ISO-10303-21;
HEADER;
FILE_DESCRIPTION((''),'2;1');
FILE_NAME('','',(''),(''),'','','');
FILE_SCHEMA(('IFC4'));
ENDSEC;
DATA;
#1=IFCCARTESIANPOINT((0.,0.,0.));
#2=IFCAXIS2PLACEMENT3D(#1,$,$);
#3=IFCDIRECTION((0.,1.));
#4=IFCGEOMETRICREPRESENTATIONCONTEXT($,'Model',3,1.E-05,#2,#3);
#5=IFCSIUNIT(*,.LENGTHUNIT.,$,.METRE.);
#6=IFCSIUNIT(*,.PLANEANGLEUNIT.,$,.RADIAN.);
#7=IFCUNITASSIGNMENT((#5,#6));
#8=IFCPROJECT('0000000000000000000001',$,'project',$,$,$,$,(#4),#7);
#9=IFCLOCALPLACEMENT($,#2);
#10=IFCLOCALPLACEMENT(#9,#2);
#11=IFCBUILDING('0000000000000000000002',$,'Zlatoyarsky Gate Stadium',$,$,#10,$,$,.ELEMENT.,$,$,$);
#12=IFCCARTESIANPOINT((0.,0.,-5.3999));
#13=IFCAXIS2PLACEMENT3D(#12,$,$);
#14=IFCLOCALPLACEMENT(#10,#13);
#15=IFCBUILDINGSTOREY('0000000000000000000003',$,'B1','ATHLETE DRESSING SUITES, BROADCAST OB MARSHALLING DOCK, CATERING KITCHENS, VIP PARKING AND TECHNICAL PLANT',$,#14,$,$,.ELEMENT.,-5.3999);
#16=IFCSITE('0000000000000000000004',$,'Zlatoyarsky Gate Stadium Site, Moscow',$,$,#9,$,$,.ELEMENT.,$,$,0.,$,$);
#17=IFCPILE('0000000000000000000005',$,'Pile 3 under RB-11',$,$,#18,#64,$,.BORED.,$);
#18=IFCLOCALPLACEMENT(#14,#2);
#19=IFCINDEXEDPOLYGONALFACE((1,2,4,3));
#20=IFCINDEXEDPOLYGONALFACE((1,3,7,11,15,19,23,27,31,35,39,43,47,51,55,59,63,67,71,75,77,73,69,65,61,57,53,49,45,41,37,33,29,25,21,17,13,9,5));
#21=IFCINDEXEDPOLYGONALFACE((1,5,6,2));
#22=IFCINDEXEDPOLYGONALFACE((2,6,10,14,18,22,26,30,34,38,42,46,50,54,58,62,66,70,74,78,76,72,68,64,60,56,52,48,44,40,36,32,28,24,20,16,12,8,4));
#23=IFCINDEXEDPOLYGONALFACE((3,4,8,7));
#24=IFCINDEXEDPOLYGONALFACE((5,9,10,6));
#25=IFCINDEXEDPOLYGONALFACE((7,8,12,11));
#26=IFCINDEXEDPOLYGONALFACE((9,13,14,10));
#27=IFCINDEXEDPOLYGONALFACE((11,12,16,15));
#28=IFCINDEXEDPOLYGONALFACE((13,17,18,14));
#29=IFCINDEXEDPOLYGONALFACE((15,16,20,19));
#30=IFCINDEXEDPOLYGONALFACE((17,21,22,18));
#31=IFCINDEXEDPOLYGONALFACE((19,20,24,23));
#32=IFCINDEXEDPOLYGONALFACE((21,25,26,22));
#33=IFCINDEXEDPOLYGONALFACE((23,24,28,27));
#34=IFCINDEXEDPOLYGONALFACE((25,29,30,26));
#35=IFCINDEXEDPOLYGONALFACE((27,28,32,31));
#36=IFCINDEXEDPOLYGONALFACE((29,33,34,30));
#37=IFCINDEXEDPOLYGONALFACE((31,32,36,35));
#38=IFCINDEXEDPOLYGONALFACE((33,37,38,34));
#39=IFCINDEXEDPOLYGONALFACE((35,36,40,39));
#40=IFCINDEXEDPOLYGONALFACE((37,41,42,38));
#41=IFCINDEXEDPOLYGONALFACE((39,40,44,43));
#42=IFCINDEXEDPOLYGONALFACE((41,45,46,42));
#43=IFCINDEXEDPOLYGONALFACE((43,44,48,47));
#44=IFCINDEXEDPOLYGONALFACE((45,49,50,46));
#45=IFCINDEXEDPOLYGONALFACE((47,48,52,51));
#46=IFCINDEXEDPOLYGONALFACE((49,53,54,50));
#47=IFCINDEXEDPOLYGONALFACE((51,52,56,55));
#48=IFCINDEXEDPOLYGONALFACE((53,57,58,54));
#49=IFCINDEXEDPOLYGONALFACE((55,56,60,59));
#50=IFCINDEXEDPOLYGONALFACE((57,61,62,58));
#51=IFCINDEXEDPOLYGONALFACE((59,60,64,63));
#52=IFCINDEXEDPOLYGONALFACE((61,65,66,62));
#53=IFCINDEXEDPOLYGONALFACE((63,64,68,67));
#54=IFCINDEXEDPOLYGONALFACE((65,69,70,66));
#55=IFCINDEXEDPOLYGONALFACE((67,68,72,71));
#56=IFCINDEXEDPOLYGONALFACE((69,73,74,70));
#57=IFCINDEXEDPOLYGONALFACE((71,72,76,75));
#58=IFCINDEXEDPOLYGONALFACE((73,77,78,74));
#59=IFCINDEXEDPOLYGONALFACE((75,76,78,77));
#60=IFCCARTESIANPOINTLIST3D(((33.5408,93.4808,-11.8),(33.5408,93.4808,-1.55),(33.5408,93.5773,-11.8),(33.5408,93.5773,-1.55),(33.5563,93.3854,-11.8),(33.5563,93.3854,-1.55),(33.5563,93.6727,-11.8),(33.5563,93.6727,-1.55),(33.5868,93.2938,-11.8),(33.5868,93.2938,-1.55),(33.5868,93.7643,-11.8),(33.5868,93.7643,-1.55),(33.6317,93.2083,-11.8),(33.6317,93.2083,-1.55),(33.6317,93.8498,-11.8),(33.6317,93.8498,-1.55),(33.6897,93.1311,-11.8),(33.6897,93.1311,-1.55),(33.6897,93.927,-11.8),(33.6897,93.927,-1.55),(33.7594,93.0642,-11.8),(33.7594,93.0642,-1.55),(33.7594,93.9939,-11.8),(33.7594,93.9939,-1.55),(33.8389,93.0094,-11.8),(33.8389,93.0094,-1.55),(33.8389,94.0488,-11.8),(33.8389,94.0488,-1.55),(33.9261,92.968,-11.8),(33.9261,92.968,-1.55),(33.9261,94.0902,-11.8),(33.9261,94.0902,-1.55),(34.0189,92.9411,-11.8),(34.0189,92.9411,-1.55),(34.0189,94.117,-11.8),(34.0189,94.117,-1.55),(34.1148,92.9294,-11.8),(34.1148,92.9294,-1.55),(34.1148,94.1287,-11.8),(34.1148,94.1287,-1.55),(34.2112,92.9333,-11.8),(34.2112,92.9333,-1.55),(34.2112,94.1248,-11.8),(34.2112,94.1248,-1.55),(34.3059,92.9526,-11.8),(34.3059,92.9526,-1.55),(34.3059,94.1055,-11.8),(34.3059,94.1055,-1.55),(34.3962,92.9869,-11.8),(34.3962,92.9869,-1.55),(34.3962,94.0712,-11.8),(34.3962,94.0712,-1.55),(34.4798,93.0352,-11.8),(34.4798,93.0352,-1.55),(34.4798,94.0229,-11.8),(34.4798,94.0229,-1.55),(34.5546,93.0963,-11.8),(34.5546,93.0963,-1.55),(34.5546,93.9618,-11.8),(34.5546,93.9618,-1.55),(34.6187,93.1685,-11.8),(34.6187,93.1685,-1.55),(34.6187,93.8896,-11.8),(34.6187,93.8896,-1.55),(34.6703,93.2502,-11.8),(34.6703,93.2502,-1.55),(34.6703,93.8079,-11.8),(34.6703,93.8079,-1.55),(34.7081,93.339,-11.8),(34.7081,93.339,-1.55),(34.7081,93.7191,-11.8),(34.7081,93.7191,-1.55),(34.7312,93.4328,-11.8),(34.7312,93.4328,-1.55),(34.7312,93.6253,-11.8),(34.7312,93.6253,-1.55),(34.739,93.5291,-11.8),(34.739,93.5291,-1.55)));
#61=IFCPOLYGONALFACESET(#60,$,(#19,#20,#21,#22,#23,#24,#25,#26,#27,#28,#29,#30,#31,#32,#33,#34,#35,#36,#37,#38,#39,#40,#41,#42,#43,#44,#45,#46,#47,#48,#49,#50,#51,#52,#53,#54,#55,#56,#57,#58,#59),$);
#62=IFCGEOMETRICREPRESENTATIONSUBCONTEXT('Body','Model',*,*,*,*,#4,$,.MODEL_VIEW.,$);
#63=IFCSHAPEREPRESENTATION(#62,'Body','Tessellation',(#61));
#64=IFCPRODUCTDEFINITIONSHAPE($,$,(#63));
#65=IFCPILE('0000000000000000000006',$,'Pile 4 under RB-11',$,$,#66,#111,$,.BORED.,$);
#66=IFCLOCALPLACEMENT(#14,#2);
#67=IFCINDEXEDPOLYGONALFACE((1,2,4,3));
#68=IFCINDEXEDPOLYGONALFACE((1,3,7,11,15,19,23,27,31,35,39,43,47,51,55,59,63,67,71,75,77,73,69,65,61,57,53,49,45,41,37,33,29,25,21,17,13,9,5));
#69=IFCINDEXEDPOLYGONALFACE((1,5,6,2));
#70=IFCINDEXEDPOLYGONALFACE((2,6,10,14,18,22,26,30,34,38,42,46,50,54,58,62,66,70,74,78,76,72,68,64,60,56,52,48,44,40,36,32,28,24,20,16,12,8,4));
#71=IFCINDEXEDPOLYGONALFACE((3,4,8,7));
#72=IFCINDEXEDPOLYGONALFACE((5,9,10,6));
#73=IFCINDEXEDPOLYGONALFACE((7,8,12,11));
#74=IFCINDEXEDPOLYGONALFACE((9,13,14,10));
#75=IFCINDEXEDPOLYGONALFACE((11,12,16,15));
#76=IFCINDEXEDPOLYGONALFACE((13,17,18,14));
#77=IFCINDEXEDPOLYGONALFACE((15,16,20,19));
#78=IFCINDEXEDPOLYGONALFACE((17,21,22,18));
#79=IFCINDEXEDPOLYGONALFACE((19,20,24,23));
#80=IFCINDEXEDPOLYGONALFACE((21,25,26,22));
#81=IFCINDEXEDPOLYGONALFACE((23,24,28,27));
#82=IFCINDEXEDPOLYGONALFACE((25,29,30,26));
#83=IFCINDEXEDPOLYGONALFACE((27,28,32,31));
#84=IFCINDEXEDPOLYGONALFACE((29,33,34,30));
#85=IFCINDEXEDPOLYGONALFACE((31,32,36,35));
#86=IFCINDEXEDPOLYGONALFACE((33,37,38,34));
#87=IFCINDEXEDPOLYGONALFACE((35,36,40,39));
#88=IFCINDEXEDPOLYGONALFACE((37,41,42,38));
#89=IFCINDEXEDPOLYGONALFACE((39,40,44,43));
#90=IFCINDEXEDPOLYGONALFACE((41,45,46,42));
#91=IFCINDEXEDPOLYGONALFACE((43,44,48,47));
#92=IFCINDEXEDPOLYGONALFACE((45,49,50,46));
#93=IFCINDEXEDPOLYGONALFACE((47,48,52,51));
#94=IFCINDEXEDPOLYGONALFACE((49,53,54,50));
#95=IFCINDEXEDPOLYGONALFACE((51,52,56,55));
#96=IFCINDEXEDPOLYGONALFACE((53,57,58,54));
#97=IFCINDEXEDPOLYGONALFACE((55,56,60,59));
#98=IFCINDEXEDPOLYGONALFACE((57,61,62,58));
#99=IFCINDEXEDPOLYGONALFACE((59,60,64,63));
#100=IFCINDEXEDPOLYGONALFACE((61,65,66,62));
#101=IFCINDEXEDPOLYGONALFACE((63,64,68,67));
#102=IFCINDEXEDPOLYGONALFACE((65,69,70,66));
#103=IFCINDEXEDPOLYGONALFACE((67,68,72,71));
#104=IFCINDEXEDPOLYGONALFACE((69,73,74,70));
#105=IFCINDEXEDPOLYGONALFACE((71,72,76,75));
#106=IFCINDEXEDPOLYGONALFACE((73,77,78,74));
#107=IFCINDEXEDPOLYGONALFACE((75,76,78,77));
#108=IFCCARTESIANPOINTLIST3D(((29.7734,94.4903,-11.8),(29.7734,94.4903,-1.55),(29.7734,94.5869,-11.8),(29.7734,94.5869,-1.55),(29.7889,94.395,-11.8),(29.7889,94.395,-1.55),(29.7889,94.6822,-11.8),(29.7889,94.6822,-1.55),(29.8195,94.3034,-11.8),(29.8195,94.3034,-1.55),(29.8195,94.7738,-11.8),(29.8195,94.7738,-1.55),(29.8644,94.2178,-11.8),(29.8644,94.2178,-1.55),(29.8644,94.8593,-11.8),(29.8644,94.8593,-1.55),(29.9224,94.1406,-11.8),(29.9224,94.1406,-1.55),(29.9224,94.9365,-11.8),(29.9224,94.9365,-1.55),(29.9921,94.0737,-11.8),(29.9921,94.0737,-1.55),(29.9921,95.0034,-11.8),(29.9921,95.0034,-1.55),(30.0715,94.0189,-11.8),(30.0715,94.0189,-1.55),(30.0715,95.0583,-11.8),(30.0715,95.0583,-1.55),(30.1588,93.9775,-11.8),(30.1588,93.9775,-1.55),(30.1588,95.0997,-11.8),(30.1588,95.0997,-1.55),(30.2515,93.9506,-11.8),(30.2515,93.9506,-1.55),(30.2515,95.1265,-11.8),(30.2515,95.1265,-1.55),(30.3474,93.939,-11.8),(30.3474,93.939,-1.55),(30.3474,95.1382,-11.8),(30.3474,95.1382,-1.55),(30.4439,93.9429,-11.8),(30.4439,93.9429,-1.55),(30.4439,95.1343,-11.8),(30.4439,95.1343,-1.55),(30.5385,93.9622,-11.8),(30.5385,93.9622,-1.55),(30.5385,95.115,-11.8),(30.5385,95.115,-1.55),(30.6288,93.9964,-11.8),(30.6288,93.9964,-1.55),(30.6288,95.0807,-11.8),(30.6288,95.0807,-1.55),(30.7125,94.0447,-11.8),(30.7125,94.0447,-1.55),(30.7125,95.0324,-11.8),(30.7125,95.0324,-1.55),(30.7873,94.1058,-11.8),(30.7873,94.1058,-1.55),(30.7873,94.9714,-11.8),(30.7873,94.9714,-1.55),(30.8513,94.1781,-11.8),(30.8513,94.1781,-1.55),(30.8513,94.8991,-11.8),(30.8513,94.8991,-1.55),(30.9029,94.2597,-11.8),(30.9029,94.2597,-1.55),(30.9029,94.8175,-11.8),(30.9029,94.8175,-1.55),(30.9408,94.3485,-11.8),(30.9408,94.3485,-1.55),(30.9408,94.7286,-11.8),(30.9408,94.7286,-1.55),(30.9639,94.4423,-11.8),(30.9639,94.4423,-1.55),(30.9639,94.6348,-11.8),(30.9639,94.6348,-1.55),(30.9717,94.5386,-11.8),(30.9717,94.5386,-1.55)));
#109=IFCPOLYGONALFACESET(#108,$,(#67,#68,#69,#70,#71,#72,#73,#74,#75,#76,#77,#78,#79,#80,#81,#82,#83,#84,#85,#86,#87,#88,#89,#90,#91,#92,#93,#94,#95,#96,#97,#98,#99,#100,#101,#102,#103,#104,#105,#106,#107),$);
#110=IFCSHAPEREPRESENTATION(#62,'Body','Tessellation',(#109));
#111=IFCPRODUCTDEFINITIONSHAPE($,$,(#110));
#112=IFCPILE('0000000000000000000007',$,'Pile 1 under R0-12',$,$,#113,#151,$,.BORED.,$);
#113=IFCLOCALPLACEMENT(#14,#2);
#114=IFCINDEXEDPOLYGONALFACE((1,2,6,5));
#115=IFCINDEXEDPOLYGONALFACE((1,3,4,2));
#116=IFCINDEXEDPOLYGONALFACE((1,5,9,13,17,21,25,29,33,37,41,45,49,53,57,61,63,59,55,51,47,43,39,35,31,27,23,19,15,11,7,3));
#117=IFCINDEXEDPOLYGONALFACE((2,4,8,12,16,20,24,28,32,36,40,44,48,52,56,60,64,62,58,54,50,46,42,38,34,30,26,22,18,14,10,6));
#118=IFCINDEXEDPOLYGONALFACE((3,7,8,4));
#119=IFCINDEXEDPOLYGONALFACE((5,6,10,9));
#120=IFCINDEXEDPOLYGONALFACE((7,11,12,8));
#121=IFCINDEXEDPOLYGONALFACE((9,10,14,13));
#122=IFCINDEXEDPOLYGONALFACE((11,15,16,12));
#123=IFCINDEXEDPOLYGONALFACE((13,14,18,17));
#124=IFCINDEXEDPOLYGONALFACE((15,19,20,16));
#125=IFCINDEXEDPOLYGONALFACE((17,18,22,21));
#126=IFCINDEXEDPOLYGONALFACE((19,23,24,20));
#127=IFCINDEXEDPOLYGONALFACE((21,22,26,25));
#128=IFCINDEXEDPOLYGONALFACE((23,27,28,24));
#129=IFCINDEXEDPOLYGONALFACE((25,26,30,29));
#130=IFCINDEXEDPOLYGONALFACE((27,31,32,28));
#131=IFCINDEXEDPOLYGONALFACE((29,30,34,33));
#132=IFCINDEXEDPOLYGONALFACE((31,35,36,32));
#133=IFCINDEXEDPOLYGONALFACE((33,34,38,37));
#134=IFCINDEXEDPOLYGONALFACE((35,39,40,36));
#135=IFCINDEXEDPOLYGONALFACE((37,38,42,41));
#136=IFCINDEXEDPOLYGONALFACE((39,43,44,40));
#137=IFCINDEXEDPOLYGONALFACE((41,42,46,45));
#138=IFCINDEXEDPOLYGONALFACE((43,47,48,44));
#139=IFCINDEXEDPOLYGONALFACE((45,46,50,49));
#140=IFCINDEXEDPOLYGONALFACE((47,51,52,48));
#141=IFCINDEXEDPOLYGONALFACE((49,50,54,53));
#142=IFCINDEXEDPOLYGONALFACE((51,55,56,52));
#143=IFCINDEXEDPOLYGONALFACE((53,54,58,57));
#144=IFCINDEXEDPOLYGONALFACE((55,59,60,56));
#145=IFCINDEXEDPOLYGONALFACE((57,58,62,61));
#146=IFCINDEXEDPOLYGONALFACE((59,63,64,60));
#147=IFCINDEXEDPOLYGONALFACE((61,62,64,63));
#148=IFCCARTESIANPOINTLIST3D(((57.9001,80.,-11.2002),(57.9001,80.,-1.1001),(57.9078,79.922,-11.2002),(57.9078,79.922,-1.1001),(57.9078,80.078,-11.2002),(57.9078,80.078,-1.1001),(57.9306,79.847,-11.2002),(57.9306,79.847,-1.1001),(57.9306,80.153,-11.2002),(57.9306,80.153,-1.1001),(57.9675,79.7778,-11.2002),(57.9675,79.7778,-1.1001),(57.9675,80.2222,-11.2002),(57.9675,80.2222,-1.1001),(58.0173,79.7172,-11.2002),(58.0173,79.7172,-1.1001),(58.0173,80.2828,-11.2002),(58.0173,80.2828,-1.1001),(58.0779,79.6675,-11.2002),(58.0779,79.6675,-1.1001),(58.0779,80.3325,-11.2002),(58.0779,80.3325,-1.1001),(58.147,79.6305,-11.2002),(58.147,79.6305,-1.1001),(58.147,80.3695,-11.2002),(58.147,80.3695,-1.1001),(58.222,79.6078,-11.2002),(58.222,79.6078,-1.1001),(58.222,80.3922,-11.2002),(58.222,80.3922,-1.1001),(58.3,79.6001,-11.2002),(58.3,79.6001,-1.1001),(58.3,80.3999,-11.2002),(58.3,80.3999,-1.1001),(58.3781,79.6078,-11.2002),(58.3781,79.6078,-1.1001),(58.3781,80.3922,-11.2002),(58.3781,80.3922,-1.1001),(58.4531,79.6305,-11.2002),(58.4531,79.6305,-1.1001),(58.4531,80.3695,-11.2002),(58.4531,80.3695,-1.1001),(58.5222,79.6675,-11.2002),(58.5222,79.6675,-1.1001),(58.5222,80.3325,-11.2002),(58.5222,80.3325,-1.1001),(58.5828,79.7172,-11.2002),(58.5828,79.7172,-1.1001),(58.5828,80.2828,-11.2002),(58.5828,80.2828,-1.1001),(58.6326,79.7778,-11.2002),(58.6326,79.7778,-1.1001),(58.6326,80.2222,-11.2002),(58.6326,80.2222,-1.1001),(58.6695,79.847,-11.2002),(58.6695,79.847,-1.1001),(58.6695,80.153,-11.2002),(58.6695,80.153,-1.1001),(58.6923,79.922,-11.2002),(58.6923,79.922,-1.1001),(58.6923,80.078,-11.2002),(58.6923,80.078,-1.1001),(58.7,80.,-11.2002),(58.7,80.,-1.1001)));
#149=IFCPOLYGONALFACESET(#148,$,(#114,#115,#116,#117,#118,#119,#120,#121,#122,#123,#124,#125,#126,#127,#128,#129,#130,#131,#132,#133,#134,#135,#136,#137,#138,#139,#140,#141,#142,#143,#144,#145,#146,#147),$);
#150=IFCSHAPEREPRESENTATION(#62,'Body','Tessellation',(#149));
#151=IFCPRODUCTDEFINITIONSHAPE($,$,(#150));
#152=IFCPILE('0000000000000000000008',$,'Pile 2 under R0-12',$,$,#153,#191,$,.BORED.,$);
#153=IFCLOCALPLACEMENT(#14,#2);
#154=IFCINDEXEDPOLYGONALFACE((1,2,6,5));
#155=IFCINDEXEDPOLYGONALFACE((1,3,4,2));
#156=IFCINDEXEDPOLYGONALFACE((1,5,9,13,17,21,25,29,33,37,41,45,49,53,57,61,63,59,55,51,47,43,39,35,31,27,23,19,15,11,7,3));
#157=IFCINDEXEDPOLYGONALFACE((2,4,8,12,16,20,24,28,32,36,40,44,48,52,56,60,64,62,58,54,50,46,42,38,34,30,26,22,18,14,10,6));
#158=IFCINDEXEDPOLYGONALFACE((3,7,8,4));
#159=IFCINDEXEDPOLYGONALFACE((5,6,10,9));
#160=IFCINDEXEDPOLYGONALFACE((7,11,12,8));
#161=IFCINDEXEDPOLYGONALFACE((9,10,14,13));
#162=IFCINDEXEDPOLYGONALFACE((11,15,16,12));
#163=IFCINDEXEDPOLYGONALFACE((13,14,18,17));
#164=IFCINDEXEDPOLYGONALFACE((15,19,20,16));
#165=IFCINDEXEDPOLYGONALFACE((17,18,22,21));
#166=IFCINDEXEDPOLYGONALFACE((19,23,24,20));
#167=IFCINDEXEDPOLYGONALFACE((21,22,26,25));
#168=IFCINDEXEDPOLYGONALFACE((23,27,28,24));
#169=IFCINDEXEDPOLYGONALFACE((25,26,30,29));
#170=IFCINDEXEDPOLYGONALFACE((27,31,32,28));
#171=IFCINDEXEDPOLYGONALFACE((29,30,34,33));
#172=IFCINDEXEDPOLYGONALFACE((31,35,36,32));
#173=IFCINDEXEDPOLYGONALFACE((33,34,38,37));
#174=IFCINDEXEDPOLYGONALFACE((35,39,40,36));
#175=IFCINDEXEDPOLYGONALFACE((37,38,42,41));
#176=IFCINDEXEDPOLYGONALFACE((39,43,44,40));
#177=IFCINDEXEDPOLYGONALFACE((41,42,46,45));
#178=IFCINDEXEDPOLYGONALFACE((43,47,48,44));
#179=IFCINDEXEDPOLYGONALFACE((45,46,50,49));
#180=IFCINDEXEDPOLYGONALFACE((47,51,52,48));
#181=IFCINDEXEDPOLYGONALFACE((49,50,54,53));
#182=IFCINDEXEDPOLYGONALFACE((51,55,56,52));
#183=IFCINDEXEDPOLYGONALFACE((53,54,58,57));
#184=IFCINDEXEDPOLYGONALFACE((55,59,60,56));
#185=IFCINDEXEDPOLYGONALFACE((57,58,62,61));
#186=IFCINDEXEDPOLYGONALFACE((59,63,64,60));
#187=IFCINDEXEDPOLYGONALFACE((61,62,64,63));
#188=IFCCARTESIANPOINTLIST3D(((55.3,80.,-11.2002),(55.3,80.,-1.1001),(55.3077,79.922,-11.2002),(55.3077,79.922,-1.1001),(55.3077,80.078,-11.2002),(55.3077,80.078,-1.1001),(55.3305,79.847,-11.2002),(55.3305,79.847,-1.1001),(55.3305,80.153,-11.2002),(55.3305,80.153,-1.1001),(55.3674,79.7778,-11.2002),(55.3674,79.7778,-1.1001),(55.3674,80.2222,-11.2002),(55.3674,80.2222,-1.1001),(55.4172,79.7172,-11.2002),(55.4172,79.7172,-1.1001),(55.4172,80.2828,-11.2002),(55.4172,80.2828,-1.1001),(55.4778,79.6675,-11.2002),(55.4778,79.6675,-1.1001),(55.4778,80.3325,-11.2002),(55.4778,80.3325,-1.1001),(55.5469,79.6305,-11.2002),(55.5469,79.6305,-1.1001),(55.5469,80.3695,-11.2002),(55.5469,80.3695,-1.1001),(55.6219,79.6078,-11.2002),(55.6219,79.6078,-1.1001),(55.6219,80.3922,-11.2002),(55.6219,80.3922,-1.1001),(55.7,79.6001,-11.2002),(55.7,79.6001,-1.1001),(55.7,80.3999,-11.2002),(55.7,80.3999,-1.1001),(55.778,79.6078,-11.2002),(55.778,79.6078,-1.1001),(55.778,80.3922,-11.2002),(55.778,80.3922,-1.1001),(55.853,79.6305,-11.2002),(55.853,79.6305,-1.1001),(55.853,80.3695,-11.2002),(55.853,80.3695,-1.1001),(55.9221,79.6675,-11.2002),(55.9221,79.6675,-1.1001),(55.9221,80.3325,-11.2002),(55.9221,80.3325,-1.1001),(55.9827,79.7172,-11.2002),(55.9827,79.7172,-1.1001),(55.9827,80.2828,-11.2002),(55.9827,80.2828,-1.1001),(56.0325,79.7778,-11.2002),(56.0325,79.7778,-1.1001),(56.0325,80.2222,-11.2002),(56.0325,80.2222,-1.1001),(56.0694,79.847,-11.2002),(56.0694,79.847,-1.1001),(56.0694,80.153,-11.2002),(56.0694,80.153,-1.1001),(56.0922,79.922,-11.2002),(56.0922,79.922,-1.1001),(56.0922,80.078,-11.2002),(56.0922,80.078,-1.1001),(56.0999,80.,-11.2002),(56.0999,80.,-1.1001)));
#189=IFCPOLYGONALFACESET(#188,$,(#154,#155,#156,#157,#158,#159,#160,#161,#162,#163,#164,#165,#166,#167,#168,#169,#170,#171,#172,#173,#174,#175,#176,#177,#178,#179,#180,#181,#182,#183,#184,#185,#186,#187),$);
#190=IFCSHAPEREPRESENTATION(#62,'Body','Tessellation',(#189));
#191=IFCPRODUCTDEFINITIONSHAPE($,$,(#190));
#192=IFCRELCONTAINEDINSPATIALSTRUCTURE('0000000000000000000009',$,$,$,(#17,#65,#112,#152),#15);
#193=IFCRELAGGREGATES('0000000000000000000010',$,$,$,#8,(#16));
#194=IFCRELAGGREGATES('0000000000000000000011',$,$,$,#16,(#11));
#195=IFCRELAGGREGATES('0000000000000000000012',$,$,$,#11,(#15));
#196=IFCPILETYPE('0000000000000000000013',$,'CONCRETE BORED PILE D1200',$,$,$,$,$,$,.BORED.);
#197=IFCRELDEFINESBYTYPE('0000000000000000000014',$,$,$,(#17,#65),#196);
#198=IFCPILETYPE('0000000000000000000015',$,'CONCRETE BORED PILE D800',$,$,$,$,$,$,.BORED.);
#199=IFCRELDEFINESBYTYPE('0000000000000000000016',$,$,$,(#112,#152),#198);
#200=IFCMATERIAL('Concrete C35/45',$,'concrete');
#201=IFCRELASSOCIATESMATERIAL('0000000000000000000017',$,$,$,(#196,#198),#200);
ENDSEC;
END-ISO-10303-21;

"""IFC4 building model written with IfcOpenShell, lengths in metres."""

from ifc_helpers import new_model, si_unit, direction, frame, origin, origin_2d, place, context, subcontext, project, spatial, circle, extrude, material, material_profile, profile_set, type_object, element, save


model = new_model("IFC4")

# Units and contexts
model_context = context("Model", 3, precision=1e-05, world=origin(), true_north=direction((0.0, 1.0)))
body_context = subcontext(model_context, "Body", "Model", "MODEL_VIEW")
ifc_project = project(units=[si_unit("LENGTHUNIT", "METRE"), si_unit("PLANEANGLEUNIT", "RADIAN")], contexts=[model_context])

# Site, building, storey
site_placement = place(None, origin())
site = spatial("IfcSite", under=ifc_project, at=site_placement, Name="Zlatoyarsky Gate Stadium Site, Moscow", CompositionType="ELEMENT", RefElevation=0.0)
building_placement = place(site_placement, origin())
building = spatial("IfcBuilding", under=site, at=building_placement, Name="Zlatoyarsky Gate Stadium", CompositionType="ELEMENT")
storey_placement = place(building_placement, frame((0.0, 0.0, -5.3999)))
storey = spatial("IfcBuildingStorey", under=building, at=storey_placement, Name="B1", Description="ATHLETE DRESSING SUITES, BROADCAST OB MARSHALLING DOCK, CATERING KITCHENS, VIP PARKING AND TECHNICAL PLANT", CompositionType="ELEMENT", Elevation=-5.3999)

# Piles
ifc_material_1 = material(Name="Concrete C35/45", Category="concrete")
ifc_material_profile_1 = material_profile(ifc_material_1, circle(Radius=0.6001, at=origin_2d()), Name="BORED PILE D1200")
ifc_profile_set_1 = profile_set([ifc_material_profile_1], Name="Concrete C35/45")
pile_type_1 = type_object("IfcPileType", Name="CONCRETE BORED PILE D1200", PredefinedType="BORED", material=ifc_profile_set_1)
for number, where, z_axis, x_axis, name in (
    (1, (34.1389, 93.5291, -1.55), (0.0, 0.0, -1.0), (1.0, 0.0, 0.0), "Pile 3 under RB-11"),
    (2, (30.3716, 94.5386, -1.55), (0.0, 0.0, -1.0), (1.0, 0.0, 0.0), "Pile 4 under RB-11"),
):
    element("IfcPile", number, at=place(storey_placement, frame(where, z_axis=z_axis, x_axis=x_axis)), inside=storey, type_object=pile_type_1, Name=name, PredefinedType="BORED", context=body_context, shape_type="SweptSolid", body=[
        extrude(circle(Radius=0.6001, at=origin_2d()), origin(), (0.0, 0.0, 1.0), 10.25),
    ])
ifc_material_profile_2 = material_profile(ifc_material_1, circle(Radius=0.3999, at=origin_2d()), Name="BORED PILE D800")
ifc_profile_set_2 = profile_set([ifc_material_profile_2], Name="Concrete C35/45")
pile_type_2 = type_object("IfcPileType", Name="CONCRETE BORED PILE D800", PredefinedType="BORED", material=ifc_profile_set_2)
for number, where, z_axis, x_axis, name in (
    (3, (58.3, 80.0, -1.1001), (0.0, 0.0, -1.0), (1.0, 0.0, 0.0), "Pile 1 under R0-12"),
    (4, (55.7, 80.0, -1.1001), (0.0, 0.0, -1.0), (1.0, 0.0, 0.0), "Pile 2 under R0-12"),
):
    element("IfcPile", number, at=place(storey_placement, frame(where, z_axis=z_axis, x_axis=x_axis)), inside=storey, type_object=pile_type_2, Name=name, PredefinedType="BORED", context=body_context, shape_type="SweptSolid", body=[
        extrude(circle(Radius=0.3999, at=origin_2d()), origin(), (0.0, 0.0, 1.0), 10.1001),
    ])

save(model, "model.ifc")
